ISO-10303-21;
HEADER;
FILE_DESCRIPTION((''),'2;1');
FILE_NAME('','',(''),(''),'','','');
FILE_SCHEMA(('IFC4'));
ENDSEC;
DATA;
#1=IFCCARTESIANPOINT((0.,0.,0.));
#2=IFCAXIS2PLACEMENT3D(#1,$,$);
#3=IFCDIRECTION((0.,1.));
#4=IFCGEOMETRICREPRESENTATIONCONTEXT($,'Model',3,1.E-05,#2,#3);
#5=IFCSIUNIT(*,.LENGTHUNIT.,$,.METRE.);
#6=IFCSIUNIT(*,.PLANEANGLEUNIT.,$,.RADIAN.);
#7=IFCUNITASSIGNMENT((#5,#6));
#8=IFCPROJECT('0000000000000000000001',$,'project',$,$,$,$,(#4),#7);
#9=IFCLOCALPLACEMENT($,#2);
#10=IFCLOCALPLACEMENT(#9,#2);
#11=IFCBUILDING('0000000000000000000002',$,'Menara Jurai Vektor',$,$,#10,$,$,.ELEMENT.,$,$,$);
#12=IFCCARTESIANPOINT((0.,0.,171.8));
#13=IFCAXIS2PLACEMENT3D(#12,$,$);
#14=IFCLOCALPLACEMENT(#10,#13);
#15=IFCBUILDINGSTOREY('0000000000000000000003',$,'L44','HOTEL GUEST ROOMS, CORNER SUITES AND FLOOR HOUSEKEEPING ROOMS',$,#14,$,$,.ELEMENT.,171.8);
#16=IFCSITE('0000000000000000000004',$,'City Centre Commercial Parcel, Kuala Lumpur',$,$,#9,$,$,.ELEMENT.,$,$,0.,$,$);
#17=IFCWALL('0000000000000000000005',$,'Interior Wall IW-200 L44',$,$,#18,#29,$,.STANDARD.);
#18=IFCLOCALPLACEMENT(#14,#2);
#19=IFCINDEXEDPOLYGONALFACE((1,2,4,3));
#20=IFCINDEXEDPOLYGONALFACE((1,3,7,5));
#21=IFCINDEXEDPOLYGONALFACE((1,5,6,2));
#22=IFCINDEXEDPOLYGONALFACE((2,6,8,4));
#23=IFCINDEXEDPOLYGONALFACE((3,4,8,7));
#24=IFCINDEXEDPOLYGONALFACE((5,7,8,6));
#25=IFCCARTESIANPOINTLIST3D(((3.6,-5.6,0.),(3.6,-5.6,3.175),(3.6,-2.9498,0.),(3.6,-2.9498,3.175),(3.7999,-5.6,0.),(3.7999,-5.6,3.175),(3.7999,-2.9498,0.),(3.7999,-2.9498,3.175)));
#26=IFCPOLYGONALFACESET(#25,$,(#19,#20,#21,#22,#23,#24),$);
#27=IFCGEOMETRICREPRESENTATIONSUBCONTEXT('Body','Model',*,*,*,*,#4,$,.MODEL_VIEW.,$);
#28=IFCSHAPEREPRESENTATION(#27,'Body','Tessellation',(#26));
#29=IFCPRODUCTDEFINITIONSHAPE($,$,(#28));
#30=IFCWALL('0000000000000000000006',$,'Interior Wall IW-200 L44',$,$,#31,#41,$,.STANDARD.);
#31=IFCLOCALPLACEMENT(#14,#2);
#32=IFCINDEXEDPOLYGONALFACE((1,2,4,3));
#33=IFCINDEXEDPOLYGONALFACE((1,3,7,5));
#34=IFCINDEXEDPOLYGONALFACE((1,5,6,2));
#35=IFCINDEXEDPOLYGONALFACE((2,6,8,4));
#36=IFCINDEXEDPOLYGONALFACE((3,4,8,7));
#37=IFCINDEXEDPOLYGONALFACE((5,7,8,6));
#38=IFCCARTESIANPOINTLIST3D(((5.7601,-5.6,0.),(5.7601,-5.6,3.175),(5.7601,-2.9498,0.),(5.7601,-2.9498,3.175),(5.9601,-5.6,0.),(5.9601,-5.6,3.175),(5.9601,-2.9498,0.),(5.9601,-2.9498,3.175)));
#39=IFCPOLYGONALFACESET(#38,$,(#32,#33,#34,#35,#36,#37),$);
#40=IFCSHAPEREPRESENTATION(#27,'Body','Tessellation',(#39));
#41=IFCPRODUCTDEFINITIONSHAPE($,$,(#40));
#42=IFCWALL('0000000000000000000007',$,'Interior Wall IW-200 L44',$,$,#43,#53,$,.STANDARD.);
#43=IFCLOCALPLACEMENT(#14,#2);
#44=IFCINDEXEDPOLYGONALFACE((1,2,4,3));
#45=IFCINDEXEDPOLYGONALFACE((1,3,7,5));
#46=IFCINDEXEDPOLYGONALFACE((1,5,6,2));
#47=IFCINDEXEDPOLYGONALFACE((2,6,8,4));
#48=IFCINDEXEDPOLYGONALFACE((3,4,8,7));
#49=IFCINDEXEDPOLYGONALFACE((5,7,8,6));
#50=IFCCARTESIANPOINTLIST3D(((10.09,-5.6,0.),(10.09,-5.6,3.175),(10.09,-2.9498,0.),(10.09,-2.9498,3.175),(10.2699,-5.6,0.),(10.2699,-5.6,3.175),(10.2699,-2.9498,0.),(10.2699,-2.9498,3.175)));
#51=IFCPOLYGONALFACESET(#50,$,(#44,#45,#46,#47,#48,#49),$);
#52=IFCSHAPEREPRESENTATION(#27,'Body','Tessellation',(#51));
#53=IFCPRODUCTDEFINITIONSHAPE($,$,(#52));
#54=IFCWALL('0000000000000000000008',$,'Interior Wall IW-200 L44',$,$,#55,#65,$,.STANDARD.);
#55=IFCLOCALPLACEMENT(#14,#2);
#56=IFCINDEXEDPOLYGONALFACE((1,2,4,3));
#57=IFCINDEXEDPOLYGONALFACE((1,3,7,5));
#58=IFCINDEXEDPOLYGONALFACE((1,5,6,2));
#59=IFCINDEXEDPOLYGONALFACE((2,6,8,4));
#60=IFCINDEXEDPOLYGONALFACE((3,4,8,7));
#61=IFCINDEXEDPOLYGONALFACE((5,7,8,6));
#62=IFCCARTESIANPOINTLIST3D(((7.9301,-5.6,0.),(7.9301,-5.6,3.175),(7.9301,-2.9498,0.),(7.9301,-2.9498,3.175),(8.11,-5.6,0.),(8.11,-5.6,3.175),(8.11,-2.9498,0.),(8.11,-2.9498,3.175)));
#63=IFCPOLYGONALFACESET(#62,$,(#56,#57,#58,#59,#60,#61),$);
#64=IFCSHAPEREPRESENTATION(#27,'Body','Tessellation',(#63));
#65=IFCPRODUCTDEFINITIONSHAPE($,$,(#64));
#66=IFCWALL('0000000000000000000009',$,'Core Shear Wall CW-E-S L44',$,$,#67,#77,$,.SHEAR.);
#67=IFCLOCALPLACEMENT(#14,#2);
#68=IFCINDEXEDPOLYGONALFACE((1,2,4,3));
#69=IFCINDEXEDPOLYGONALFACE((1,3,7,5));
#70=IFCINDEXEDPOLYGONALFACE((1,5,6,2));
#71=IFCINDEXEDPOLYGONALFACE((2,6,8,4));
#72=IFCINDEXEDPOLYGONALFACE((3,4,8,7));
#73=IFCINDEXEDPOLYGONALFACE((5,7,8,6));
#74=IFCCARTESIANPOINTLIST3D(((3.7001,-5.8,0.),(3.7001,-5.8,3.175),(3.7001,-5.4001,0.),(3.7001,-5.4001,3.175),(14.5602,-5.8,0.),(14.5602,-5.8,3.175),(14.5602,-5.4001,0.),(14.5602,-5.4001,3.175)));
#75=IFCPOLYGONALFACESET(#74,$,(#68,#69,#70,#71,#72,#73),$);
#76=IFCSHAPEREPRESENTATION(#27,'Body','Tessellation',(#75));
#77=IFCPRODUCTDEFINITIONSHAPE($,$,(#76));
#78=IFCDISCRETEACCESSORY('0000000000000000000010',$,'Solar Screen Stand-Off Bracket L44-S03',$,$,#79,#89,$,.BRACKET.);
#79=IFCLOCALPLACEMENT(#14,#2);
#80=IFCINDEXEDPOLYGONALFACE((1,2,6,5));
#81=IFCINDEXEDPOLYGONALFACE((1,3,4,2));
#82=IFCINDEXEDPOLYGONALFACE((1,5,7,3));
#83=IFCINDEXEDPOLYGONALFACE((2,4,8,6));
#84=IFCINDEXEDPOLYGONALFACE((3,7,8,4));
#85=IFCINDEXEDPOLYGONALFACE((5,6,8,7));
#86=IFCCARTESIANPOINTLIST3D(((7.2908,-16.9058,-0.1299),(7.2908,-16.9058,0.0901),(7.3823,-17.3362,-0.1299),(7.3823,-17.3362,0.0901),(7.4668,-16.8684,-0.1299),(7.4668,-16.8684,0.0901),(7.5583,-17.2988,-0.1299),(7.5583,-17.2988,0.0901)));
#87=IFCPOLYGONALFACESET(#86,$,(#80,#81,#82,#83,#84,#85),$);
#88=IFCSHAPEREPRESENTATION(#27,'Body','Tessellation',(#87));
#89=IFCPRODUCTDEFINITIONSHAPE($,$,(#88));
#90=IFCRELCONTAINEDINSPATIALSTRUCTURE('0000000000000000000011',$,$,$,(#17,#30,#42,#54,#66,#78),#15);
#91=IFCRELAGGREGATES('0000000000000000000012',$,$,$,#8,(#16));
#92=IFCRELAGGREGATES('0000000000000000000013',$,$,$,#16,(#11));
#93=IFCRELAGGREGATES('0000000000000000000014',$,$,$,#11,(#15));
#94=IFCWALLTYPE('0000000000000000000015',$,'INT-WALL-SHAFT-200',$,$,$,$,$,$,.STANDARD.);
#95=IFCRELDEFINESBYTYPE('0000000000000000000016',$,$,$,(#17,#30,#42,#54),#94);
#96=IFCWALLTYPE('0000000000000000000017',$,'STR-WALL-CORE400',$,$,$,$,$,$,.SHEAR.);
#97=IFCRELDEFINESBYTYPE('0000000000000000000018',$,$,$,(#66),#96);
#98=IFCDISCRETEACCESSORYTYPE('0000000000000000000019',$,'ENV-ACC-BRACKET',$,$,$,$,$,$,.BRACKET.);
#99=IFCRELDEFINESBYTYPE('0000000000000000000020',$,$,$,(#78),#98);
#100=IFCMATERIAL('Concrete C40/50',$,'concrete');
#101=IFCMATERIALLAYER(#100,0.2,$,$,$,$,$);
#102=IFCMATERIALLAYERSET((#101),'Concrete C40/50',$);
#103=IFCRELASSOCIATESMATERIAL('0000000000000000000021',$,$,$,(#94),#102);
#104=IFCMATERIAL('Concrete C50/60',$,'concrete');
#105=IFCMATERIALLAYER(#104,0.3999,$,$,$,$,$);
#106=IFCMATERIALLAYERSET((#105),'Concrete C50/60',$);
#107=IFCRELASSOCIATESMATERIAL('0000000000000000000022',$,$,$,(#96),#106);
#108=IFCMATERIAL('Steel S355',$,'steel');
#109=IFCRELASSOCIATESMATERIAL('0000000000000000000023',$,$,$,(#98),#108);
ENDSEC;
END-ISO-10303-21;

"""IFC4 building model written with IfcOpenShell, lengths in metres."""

from ifc_helpers import new_model, si_unit, direction, frame, frame_2d, origin, origin_2d, place, context, subcontext, project, spatial, rectangle, extrude, material, layer, layer_set, type_object, element, save


model = new_model("IFC4")

# Units and contexts
model_context = context("Model", 3, precision=1e-05, world=origin(), true_north=direction((0.0, 1.0)))
body_context = subcontext(model_context, "Body", "Model", "MODEL_VIEW")
ifc_project = project(units=[si_unit("LENGTHUNIT", "METRE"), si_unit("PLANEANGLEUNIT", "RADIAN")], contexts=[model_context])

# Site, building, storey
site_placement = place(None, origin())
site = spatial("IfcSite", under=ifc_project, at=site_placement, Name="City Centre Commercial Parcel, Kuala Lumpur", CompositionType="ELEMENT", RefElevation=0.0)
building_placement = place(site_placement, origin())
building = spatial("IfcBuilding", under=site, at=building_placement, Name="Menara Jurai Vektor", CompositionType="ELEMENT")
storey_placement = place(building_placement, frame((0.0, 0.0, 171.8)))
storey = spatial("IfcBuildingStorey", under=building, at=storey_placement, Name="L44", Description="HOTEL GUEST ROOMS, CORNER SUITES AND FLOOR HOUSEKEEPING ROOMS", CompositionType="ELEMENT", Elevation=171.8)

# Shared definitions
ifc_material_1 = material(Name="Concrete C50/60", Category="concrete")

# Shared definitions
ifc_material_2 = material(Name="Steel S355", Category="steel")

# Walls
ifc_material_3 = material(Name="Concrete C40/50", Category="concrete")
ifc_layer_1 = layer(ifc_material_3, 0.2)
ifc_layer_set_1 = layer_set([ifc_layer_1], Name="Concrete C40/50")
wall_type_1 = type_object("IfcWallType", Name="INT-WALL-SHAFT-200", PredefinedType="STANDARD", material=ifc_layer_set_1)
for number, where, z_axis, x_axis, name in (
    (1, (3.7, -5.6001, 0.0), (0.0, 0.0, 1.0), (0.0, 1.0, 0.0), "Interior Wall IW-200 L44"),
    (2, (5.8601, -5.6001, 0.0), (0.0, 0.0, 1.0), (0.0, 1.0, 0.0), "Interior Wall IW-200 L44"),
):
    element("IfcWall", number, at=place(storey_placement, frame(where, z_axis=z_axis, x_axis=x_axis)), inside=storey, type_object=wall_type_1, Name=name, PredefinedType="STANDARD", context=body_context, shape_type="SweptSolid", body=[
        extrude(rectangle(XDim=2.6501, YDim=0.2, at=frame_2d((1.3252, 0.0))), origin(), (0.0, 0.0, 1.0), 3.175),
    ])
for number, where, z_axis, x_axis, name in (
    (3, (10.1799, -5.6001, 0.0), (0.0, 0.0, 1.0), (0.0, 1.0, 0.0), "Interior Wall IW-200 L44"),
    (4, (8.02, -5.6001, 0.0), (0.0, 0.0, 1.0), (0.0, 1.0, 0.0), "Interior Wall IW-200 L44"),
):
    element("IfcWall", number, at=place(storey_placement, frame(where, z_axis=z_axis, x_axis=x_axis)), inside=storey, type_object=wall_type_1, Name=name, PredefinedType="STANDARD", context=body_context, shape_type="SweptSolid", body=[
        extrude(rectangle(XDim=2.6501, YDim=0.1799, at=frame_2d((1.3252, 0.0))), origin(), (0.0, 0.0, 1.0), 3.175),
    ])
ifc_layer_2 = layer(ifc_material_1, 0.3999)
ifc_layer_set_2 = layer_set([ifc_layer_2], Name="Concrete C50/60")
wall_type_2 = type_object("IfcWallType", Name="STR-WALL-CORE400", PredefinedType="SHEAR", material=ifc_layer_set_2)
wall_placement = place(storey_placement, frame((3.7, -5.6001, 0.0), z_axis=(0.0, 0.0, 1.0), x_axis=(1.0, 0.0, 0.0)))
element("IfcWall", 5, at=wall_placement, inside=storey, type_object=wall_type_2, Name="Core Shear Wall CW-E-S L44", PredefinedType="SHEAR", context=body_context, shape_type="SweptSolid", body=[
    extrude(rectangle(XDim=10.8601, YDim=0.3999, at=frame_2d((5.4302, 0.0))), origin(), (0.0, 0.0, 1.0), 3.175),
])

# Discrete accessory
discrete_accessory_type = type_object("IfcDiscreteAccessoryType", Name="ENV-ACC-BRACKET", PredefinedType="BRACKET", material=ifc_material_2)
discrete_accessory_placement = place(storey_placement, frame((7.4246, -17.1023, -0.1299), z_axis=(0.0, 0.0, 1.0), x_axis=(0.978148, 0.207912, 0.0)))
element("IfcDiscreteAccessory", 6, at=discrete_accessory_placement, inside=storey, type_object=discrete_accessory_type, Name="Solar Screen Stand-Off Bracket L44-S03", PredefinedType="BRACKET", context=body_context, shape_type="SweptSolid", body=[
    extrude(rectangle(XDim=0.1799, YDim=0.4399, at=origin_2d()), origin(), (0.0, 0.0, 1.0), 0.22),
])

save(model, "model.ifc")
